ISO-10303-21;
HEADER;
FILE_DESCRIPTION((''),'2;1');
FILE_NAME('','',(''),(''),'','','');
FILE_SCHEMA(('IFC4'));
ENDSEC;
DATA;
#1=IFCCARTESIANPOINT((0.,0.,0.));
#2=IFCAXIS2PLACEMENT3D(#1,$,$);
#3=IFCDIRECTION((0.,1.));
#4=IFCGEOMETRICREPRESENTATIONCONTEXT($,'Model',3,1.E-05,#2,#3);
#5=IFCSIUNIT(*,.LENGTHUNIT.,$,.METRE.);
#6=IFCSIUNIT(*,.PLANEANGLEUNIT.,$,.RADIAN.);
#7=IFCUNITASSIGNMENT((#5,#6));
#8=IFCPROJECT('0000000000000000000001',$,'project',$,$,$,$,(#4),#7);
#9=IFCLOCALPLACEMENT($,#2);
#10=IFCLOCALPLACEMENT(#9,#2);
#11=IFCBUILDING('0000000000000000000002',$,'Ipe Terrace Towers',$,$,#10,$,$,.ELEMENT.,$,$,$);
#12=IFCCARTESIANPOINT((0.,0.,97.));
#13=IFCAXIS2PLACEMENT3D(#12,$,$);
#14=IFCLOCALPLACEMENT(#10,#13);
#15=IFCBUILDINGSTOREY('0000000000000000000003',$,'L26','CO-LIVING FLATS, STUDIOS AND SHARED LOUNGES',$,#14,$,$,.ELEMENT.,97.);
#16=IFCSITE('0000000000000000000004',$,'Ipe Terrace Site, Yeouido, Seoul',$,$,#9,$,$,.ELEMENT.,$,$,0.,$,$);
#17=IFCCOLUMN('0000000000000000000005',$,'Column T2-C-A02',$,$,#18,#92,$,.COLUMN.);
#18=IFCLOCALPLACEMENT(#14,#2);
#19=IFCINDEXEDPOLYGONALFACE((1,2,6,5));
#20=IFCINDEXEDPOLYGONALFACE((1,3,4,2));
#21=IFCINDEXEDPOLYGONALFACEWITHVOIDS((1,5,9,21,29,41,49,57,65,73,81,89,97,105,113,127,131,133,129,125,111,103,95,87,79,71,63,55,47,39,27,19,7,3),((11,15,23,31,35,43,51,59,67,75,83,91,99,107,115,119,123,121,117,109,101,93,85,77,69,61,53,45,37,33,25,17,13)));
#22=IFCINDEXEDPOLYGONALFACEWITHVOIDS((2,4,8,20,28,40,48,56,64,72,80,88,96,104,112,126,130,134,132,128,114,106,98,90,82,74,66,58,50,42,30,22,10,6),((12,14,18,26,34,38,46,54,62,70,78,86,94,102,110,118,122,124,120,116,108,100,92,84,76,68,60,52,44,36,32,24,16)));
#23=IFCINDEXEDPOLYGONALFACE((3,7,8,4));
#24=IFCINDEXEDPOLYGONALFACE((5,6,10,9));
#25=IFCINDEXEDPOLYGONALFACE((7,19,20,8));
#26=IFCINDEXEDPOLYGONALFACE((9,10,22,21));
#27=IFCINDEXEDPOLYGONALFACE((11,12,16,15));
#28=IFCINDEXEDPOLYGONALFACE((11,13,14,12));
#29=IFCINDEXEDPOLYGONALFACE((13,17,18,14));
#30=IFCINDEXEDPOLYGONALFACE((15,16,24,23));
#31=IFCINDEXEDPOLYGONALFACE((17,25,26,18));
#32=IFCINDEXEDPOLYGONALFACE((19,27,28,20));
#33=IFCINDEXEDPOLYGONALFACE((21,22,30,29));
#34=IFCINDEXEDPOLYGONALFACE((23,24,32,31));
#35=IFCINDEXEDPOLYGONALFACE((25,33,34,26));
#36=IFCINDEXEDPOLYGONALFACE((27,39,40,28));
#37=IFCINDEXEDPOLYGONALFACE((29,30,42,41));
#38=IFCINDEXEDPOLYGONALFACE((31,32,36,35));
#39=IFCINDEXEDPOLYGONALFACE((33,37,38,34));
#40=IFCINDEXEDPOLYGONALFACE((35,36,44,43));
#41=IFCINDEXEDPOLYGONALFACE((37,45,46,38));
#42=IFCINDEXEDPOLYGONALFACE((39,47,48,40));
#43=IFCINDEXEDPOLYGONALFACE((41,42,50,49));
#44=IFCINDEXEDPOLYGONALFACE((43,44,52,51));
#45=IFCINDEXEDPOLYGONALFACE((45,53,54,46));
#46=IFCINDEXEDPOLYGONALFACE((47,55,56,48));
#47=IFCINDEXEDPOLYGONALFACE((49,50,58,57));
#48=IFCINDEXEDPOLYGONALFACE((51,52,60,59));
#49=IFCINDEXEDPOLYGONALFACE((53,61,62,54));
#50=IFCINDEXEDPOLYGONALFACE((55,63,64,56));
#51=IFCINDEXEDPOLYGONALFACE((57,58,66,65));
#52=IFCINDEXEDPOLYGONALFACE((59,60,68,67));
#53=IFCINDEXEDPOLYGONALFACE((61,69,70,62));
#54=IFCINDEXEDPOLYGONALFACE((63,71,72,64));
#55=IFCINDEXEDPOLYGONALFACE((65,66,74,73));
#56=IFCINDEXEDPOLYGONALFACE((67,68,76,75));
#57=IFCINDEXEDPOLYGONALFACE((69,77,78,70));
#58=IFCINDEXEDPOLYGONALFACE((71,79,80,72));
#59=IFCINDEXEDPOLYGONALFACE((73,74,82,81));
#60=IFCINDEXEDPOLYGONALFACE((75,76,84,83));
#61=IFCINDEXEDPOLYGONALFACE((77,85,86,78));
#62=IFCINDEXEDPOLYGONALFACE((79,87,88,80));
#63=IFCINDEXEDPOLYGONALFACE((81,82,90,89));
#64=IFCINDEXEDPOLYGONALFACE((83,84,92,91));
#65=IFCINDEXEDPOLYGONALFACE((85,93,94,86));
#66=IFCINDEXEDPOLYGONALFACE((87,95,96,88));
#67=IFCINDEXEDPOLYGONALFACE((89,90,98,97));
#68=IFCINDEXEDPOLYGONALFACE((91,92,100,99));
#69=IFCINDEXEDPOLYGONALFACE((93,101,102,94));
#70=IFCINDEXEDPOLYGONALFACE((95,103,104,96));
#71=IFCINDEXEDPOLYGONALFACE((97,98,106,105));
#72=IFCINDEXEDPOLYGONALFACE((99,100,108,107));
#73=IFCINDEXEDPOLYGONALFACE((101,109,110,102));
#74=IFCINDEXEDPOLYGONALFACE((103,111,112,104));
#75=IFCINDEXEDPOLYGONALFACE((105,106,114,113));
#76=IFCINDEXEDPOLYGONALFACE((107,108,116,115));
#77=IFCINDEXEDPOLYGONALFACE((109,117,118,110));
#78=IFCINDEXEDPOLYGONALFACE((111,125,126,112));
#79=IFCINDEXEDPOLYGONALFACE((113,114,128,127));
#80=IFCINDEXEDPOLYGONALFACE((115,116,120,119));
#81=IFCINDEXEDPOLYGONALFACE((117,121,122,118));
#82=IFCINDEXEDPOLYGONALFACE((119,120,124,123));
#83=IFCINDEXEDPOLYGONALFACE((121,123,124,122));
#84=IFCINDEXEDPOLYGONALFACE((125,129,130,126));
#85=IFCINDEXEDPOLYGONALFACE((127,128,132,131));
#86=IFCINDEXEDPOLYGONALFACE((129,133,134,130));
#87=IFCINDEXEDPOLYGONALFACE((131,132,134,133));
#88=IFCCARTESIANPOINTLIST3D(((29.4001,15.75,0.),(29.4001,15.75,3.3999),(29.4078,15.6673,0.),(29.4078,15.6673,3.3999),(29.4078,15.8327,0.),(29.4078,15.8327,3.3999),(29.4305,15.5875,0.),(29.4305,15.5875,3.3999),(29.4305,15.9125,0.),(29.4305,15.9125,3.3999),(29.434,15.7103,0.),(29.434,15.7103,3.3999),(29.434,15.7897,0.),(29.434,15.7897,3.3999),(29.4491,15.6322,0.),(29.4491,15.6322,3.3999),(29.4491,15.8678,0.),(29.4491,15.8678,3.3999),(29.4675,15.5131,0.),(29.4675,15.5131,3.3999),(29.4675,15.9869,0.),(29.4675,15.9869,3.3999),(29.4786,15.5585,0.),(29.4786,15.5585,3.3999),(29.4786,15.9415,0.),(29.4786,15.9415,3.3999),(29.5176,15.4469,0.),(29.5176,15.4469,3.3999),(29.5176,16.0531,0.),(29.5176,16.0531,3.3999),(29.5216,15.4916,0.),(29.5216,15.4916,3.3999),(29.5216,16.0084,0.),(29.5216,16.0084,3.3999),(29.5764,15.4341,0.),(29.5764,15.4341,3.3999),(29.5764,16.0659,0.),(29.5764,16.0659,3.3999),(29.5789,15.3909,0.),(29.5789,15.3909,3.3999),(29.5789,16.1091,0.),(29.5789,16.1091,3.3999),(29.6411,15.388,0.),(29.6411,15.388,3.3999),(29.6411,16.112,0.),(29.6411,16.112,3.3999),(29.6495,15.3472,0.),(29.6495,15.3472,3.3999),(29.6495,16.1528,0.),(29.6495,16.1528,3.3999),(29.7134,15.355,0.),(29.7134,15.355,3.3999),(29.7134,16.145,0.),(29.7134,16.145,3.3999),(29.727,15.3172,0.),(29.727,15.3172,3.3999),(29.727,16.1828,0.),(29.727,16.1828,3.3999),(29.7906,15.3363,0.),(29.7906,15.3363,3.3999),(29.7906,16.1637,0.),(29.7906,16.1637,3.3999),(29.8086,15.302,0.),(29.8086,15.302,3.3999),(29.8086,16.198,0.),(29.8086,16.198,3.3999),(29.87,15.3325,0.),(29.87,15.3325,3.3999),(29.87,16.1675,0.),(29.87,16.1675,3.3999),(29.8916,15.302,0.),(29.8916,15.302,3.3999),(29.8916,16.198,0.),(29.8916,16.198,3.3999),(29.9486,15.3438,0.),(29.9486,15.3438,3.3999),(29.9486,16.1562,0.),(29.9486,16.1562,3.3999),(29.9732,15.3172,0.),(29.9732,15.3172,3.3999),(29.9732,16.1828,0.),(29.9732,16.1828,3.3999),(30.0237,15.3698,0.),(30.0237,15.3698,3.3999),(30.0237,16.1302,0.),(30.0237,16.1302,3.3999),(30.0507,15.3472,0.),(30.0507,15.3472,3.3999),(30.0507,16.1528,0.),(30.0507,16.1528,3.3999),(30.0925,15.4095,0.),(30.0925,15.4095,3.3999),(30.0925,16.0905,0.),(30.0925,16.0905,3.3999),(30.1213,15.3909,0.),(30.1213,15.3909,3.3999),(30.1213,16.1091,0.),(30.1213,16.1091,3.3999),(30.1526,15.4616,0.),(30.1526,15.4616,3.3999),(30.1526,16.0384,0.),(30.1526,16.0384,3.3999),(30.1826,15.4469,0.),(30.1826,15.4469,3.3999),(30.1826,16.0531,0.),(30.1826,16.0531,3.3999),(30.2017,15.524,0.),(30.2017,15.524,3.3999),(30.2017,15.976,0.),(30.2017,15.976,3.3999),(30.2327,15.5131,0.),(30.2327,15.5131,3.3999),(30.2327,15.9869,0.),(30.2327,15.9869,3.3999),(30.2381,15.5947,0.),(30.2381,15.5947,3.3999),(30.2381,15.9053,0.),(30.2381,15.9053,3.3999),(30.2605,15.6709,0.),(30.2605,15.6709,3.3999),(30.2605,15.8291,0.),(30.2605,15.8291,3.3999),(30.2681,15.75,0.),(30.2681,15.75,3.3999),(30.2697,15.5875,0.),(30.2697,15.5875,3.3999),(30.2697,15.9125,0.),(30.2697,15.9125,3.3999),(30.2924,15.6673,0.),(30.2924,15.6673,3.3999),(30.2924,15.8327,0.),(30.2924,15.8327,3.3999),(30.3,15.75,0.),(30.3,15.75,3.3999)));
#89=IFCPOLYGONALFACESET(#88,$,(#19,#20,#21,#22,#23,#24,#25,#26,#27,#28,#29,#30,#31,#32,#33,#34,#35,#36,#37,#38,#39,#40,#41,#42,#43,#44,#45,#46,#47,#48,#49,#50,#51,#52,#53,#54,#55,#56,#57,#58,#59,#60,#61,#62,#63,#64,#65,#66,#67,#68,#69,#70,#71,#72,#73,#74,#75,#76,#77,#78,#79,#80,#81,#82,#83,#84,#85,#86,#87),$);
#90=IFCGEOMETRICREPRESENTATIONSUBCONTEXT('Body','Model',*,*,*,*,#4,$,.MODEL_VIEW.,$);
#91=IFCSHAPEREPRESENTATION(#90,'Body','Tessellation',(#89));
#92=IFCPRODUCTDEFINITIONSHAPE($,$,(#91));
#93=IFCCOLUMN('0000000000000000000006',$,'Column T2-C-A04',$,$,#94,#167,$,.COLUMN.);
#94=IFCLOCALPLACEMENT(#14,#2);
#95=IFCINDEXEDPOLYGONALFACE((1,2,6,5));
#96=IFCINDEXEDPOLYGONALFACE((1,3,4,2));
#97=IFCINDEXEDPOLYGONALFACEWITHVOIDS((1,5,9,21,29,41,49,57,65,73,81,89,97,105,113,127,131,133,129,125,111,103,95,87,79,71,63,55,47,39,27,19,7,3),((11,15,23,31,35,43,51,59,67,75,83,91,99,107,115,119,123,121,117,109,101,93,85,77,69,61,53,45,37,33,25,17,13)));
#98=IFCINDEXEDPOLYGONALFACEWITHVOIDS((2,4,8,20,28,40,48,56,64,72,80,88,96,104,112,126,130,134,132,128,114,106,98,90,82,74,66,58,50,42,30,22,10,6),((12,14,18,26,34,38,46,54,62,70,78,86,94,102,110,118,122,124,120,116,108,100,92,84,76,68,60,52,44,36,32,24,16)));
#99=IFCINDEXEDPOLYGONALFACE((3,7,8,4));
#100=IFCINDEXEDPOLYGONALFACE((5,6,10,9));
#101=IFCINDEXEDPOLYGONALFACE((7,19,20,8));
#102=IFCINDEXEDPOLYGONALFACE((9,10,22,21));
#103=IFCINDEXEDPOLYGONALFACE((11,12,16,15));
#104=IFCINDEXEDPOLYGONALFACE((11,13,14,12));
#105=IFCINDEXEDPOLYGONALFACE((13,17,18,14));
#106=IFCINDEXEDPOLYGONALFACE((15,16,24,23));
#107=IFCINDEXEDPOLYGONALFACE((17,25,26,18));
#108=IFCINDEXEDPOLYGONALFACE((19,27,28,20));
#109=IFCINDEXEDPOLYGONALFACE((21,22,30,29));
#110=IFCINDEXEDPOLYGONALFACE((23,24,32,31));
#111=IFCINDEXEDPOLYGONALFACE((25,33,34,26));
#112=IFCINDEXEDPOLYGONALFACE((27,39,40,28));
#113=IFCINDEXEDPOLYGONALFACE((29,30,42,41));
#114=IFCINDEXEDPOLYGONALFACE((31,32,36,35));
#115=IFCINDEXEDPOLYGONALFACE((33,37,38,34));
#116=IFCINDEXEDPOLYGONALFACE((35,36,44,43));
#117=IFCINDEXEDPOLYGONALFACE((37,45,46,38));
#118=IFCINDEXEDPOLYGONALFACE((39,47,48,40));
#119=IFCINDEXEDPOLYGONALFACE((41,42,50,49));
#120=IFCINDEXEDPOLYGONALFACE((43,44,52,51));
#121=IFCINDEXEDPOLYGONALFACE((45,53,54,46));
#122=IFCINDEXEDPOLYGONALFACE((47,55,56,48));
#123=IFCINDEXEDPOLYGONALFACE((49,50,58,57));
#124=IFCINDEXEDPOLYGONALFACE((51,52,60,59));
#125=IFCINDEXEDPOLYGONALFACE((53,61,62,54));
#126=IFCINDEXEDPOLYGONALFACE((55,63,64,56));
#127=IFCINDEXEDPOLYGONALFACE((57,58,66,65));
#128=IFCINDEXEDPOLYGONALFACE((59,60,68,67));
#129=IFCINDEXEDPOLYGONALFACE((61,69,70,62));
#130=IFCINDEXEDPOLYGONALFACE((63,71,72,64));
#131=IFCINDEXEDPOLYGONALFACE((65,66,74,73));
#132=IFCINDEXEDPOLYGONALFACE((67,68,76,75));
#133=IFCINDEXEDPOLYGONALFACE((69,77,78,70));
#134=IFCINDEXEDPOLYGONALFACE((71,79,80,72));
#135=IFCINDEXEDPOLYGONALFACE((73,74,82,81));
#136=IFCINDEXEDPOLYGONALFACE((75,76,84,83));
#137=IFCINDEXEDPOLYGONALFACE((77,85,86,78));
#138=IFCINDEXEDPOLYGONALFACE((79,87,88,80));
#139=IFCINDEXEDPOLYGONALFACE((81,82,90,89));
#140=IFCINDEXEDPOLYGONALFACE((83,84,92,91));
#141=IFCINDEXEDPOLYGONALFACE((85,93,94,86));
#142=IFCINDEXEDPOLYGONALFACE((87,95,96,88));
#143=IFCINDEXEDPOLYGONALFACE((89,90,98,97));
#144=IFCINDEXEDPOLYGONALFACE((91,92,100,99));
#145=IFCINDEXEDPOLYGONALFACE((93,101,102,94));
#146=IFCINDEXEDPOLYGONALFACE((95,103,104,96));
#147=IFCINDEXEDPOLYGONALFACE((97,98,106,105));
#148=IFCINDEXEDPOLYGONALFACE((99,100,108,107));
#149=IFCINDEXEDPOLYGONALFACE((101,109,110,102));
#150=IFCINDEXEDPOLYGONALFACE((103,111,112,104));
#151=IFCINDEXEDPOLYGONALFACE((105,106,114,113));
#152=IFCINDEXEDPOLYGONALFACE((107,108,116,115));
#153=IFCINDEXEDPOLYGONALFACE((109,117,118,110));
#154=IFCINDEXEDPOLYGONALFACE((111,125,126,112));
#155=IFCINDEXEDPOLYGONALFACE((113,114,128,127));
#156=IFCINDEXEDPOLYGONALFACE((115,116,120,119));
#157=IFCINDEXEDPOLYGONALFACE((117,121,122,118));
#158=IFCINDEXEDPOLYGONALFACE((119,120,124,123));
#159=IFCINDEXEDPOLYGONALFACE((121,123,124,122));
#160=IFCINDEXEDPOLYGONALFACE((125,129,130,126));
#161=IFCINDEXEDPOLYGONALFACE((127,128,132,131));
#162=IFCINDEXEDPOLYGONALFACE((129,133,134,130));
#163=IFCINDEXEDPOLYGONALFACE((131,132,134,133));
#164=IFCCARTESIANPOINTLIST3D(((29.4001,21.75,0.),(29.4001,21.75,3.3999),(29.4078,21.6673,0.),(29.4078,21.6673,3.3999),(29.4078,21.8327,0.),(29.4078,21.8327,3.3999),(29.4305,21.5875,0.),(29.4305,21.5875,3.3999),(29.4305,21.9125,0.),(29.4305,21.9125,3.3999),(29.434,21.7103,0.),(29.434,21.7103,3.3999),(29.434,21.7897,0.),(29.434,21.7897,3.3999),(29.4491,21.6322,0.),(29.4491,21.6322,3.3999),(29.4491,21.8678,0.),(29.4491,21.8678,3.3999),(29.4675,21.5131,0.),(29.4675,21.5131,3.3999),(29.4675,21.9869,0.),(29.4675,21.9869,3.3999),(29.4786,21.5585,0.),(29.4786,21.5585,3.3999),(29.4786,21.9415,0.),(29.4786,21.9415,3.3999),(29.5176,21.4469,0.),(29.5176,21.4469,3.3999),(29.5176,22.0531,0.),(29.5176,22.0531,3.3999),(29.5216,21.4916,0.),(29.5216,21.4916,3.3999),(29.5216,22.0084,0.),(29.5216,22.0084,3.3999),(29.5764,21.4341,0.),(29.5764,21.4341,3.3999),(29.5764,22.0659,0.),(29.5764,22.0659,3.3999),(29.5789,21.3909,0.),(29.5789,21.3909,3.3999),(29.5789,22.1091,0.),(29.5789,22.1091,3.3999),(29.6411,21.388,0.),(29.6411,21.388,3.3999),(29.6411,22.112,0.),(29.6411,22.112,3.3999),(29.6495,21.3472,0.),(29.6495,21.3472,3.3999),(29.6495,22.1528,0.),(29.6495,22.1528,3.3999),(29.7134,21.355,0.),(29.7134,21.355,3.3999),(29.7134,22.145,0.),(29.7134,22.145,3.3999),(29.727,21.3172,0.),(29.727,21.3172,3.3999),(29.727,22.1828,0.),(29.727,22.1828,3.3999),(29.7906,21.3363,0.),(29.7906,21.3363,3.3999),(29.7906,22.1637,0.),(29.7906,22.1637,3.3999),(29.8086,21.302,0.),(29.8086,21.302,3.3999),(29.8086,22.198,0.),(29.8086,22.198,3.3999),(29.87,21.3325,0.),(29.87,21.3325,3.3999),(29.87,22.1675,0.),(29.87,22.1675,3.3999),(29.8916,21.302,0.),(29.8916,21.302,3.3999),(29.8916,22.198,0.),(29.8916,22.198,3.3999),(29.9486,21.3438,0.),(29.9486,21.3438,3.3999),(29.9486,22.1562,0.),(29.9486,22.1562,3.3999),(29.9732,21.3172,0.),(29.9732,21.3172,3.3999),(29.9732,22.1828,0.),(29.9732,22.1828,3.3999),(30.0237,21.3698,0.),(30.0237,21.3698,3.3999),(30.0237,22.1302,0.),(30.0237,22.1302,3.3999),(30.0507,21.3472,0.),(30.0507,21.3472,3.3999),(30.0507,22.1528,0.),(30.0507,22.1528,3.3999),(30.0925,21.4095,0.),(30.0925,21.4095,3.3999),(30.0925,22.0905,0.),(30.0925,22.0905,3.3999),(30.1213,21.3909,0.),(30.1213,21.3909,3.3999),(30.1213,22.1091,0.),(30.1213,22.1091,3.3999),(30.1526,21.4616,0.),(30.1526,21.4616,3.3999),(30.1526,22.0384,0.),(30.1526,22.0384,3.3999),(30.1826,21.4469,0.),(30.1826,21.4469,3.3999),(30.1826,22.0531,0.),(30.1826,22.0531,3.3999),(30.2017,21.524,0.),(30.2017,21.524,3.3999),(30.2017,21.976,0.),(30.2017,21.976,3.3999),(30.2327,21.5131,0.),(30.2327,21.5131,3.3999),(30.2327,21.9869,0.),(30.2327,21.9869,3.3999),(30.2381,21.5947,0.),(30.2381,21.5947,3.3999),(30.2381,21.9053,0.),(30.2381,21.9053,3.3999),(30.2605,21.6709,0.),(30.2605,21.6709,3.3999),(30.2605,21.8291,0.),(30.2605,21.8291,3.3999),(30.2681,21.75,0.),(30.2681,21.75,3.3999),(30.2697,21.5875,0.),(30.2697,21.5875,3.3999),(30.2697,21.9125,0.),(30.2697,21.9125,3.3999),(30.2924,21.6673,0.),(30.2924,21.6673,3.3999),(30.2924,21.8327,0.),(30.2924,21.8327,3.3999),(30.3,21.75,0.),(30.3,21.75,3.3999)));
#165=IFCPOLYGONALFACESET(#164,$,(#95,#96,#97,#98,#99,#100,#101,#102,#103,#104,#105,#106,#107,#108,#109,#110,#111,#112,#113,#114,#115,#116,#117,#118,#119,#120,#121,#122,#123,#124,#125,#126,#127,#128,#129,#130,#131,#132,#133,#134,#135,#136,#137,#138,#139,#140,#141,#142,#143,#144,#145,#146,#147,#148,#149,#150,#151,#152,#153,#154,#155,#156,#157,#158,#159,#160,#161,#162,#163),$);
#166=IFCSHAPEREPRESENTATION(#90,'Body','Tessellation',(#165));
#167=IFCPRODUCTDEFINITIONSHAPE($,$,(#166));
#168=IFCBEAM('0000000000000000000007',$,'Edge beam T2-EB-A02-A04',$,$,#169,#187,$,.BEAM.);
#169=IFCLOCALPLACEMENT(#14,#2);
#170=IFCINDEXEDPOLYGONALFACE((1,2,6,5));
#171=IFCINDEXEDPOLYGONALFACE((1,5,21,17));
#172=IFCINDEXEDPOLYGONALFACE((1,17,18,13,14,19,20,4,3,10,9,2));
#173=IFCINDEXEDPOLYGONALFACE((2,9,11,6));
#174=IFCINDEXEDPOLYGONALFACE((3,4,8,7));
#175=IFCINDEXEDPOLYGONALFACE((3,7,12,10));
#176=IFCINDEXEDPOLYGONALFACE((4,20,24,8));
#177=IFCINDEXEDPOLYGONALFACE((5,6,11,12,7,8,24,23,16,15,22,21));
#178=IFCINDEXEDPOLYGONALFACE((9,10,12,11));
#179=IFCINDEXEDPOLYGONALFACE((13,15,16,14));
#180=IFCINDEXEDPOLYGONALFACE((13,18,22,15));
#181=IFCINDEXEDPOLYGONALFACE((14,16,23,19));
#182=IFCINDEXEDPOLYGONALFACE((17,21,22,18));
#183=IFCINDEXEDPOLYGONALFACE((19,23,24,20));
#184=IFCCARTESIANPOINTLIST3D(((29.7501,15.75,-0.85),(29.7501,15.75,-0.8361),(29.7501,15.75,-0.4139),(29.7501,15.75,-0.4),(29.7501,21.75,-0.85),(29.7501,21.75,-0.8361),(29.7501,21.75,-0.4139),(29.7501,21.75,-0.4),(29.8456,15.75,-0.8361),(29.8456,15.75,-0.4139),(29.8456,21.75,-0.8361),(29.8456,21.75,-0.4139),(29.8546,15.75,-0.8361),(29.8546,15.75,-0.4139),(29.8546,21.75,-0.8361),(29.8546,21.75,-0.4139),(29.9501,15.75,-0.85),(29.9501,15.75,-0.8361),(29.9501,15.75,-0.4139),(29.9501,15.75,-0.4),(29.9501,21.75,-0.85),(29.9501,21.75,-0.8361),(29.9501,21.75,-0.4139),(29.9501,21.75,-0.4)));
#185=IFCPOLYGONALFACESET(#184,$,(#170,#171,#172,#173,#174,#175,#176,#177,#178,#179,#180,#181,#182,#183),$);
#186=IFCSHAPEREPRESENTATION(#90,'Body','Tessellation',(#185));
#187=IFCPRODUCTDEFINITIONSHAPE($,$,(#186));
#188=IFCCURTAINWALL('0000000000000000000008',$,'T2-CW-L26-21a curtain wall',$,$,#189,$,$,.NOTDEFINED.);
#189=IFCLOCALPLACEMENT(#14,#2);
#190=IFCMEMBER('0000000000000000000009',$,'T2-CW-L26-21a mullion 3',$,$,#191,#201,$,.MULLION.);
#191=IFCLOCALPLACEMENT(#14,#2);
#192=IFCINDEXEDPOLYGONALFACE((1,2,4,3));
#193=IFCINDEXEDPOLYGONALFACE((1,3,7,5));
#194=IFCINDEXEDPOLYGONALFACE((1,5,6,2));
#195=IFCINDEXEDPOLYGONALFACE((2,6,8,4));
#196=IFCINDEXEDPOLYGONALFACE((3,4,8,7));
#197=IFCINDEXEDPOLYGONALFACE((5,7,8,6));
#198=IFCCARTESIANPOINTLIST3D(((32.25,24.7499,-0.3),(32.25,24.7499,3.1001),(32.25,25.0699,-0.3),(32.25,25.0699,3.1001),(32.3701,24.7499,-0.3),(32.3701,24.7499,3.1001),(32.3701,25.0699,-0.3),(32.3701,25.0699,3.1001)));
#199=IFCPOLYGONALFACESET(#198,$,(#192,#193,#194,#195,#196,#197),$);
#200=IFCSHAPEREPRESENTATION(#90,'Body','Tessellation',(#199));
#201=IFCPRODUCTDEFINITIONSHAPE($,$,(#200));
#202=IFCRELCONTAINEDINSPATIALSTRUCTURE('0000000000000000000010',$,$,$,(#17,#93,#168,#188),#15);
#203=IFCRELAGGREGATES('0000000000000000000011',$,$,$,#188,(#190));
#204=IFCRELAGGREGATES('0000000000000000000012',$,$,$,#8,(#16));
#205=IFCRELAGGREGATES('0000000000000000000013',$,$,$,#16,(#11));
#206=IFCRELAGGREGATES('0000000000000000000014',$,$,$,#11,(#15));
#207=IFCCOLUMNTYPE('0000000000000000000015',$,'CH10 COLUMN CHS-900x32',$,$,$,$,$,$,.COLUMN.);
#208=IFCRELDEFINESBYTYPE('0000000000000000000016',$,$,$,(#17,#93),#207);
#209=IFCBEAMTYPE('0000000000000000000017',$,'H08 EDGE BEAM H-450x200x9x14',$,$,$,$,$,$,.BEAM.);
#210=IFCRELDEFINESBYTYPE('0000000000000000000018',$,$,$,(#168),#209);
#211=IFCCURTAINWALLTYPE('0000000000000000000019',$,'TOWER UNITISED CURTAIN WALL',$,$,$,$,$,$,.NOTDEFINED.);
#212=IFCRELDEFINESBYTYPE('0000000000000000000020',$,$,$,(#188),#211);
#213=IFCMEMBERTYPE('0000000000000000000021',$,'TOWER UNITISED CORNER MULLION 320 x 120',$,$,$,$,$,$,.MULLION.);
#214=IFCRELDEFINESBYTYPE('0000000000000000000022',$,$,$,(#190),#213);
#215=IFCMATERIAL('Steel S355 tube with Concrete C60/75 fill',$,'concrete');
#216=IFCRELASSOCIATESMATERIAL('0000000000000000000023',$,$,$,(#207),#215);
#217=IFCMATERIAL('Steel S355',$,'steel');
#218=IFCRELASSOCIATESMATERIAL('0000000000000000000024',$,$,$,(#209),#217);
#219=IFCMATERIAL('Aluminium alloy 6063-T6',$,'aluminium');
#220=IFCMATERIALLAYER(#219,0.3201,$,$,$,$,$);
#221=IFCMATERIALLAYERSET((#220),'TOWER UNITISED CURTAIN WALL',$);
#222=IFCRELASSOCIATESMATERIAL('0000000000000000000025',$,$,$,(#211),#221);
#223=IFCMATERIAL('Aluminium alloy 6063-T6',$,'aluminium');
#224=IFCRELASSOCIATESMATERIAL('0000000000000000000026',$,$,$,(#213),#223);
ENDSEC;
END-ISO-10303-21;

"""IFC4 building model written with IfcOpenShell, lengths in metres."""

from ifc_helpers import new_model, si_unit, direction, frame, origin, origin_2d, place, context, subcontext, project, spatial, rectangle, hollow_circle, i_section, extrude, material, layer, layer_set, material_profile, profile_set, type_object, element, aggregate, save


model = new_model("IFC4")

# Units and contexts
model_context = context("Model", 3, precision=1e-05, world=origin(), true_north=direction((0.0, 1.0)))
body_context = subcontext(model_context, "Body", "Model", "MODEL_VIEW")
ifc_project = project(units=[si_unit("LENGTHUNIT", "METRE"), si_unit("PLANEANGLEUNIT", "RADIAN")], contexts=[model_context])

# Site, building, storey
site_placement = place(None, origin())
site = spatial("IfcSite", under=ifc_project, at=site_placement, Name="Ipe Terrace Site, Yeouido, Seoul", CompositionType="ELEMENT", RefElevation=0.0)
building_placement = place(site_placement, origin())
building = spatial("IfcBuilding", under=site, at=building_placement, Name="Ipe Terrace Towers", CompositionType="ELEMENT")
storey_placement = place(building_placement, frame((0.0, 0.0, 97.0)))
storey = spatial("IfcBuildingStorey", under=building, at=storey_placement, Name="L26", Description="CO-LIVING FLATS, STUDIOS AND SHARED LOUNGES", CompositionType="ELEMENT", Elevation=97.0)

# Columns
ifc_material_1 = material(Name="Steel S355 tube with Concrete C60/75 fill", Category="concrete")
ifc_material_profile_1 = material_profile(ifc_material_1, hollow_circle(Radius=0.45, WallThickness=0.032, at=origin_2d()), Name="CHS-900x32")
ifc_profile_set_1 = profile_set([ifc_material_profile_1], Name="Steel S355 tube with Concrete C60/75 fill")
column_type = type_object("IfcColumnType", Name="CH10 COLUMN CHS-900x32", PredefinedType="COLUMN", material=ifc_profile_set_1)
for number, where, z_axis, x_axis, name in (
    (1, (29.8501, 15.75, 0.0), (0.0, 0.0, 1.0), (1.0, 0.0, 0.0), "Column T2-C-A02"),
    (2, (29.8501, 21.75, 0.0), (0.0, 0.0, 1.0), (1.0, 0.0, 0.0), "Column T2-C-A04"),
):
    element("IfcColumn", number, at=place(storey_placement, frame(where, z_axis=z_axis, x_axis=x_axis)), inside=storey, type_object=column_type, Name=name, PredefinedType="COLUMN", context=body_context, shape_type="SweptSolid", body=[
        extrude(hollow_circle(Radius=0.45, WallThickness=0.032, at=origin_2d()), origin(), (0.0, 0.0, 1.0), 3.3999),
    ])

# Beam
ifc_material_2 = material(Name="Steel S355", Category="steel")
ifc_material_profile_2 = material_profile(ifc_material_2, i_section(OverallWidth=0.2, OverallDepth=0.45, WebThickness=0.009, FlangeThickness=0.0139, at=origin_2d()), Name="H-450x200x9x14")
ifc_profile_set_2 = profile_set([ifc_material_profile_2], Name="Steel S355")
beam_type = type_object("IfcBeamType", Name="H08 EDGE BEAM H-450x200x9x14", PredefinedType="BEAM", material=ifc_profile_set_2)
beam_placement = place(storey_placement, frame((29.8501, 15.75, -0.625), z_axis=(0.0, 1.0, 0.0), x_axis=(-1.0, 0.0, 0.0)))
element("IfcBeam", 3, at=beam_placement, inside=storey, type_object=beam_type, Name="Edge beam T2-EB-A02-A04", PredefinedType="BEAM", context=body_context, shape_type="SweptSolid", body=[
    extrude(i_section(OverallWidth=0.2, OverallDepth=0.45, WebThickness=0.009, FlangeThickness=0.0139, at=origin_2d()), origin(), (0.0, 0.0, 1.0), 6.0),
])

# Curtain wall, member
ifc_material_3 = material(Name="Aluminium alloy 6063-T6", Category="aluminium")
ifc_layer_1 = layer(ifc_material_3, 0.3201)
ifc_layer_set_1 = layer_set([ifc_layer_1], Name="TOWER UNITISED CURTAIN WALL")
curtain_wall_type = type_object("IfcCurtainWallType", Name="TOWER UNITISED CURTAIN WALL", PredefinedType="NOTDEFINED", material=ifc_layer_set_1)
curtain_wall_1_placement = place(storey_placement, origin())
curtain_wall_1 = element("IfcCurtainWall", 4, at=curtain_wall_1_placement, inside=storey, type_object=curtain_wall_type, Name="T2-CW-L26-21a curtain wall", PredefinedType="NOTDEFINED")
ifc_material_4 = material(Name="Aluminium alloy 6063-T6", Category="aluminium")
ifc_material_profile_3 = material_profile(ifc_material_4, rectangle(XDim=0.3201, YDim=0.1201, at=origin_2d()), Name="TOWER UNITISED CORNER MULLION 320 x 120")
ifc_profile_set_3 = profile_set([ifc_material_profile_3], Name="Aluminium alloy 6063-T6")
member_type = type_object("IfcMemberType", Name="TOWER UNITISED CORNER MULLION 320 x 120", PredefinedType="MULLION", material=ifc_profile_set_3)
member_1_placement = place(storey_placement, frame((32.3101, 24.9099, -0.3), z_axis=(0.0, 0.0, 1.0), x_axis=(0.0, 1.0, 0.0)))
member_1 = element("IfcMember", 5, at=member_1_placement, type_object=member_type, Name="T2-CW-L26-21a mullion 3", PredefinedType="MULLION", context=body_context, shape_type="SweptSolid", body=[
    extrude(rectangle(XDim=0.3201, YDim=0.1201, at=origin_2d()), origin(), (0.0, 0.0, 1.0), 3.4001),
])

aggregate(curtain_wall_1, [member_1])

save(model, "model.ifc")
